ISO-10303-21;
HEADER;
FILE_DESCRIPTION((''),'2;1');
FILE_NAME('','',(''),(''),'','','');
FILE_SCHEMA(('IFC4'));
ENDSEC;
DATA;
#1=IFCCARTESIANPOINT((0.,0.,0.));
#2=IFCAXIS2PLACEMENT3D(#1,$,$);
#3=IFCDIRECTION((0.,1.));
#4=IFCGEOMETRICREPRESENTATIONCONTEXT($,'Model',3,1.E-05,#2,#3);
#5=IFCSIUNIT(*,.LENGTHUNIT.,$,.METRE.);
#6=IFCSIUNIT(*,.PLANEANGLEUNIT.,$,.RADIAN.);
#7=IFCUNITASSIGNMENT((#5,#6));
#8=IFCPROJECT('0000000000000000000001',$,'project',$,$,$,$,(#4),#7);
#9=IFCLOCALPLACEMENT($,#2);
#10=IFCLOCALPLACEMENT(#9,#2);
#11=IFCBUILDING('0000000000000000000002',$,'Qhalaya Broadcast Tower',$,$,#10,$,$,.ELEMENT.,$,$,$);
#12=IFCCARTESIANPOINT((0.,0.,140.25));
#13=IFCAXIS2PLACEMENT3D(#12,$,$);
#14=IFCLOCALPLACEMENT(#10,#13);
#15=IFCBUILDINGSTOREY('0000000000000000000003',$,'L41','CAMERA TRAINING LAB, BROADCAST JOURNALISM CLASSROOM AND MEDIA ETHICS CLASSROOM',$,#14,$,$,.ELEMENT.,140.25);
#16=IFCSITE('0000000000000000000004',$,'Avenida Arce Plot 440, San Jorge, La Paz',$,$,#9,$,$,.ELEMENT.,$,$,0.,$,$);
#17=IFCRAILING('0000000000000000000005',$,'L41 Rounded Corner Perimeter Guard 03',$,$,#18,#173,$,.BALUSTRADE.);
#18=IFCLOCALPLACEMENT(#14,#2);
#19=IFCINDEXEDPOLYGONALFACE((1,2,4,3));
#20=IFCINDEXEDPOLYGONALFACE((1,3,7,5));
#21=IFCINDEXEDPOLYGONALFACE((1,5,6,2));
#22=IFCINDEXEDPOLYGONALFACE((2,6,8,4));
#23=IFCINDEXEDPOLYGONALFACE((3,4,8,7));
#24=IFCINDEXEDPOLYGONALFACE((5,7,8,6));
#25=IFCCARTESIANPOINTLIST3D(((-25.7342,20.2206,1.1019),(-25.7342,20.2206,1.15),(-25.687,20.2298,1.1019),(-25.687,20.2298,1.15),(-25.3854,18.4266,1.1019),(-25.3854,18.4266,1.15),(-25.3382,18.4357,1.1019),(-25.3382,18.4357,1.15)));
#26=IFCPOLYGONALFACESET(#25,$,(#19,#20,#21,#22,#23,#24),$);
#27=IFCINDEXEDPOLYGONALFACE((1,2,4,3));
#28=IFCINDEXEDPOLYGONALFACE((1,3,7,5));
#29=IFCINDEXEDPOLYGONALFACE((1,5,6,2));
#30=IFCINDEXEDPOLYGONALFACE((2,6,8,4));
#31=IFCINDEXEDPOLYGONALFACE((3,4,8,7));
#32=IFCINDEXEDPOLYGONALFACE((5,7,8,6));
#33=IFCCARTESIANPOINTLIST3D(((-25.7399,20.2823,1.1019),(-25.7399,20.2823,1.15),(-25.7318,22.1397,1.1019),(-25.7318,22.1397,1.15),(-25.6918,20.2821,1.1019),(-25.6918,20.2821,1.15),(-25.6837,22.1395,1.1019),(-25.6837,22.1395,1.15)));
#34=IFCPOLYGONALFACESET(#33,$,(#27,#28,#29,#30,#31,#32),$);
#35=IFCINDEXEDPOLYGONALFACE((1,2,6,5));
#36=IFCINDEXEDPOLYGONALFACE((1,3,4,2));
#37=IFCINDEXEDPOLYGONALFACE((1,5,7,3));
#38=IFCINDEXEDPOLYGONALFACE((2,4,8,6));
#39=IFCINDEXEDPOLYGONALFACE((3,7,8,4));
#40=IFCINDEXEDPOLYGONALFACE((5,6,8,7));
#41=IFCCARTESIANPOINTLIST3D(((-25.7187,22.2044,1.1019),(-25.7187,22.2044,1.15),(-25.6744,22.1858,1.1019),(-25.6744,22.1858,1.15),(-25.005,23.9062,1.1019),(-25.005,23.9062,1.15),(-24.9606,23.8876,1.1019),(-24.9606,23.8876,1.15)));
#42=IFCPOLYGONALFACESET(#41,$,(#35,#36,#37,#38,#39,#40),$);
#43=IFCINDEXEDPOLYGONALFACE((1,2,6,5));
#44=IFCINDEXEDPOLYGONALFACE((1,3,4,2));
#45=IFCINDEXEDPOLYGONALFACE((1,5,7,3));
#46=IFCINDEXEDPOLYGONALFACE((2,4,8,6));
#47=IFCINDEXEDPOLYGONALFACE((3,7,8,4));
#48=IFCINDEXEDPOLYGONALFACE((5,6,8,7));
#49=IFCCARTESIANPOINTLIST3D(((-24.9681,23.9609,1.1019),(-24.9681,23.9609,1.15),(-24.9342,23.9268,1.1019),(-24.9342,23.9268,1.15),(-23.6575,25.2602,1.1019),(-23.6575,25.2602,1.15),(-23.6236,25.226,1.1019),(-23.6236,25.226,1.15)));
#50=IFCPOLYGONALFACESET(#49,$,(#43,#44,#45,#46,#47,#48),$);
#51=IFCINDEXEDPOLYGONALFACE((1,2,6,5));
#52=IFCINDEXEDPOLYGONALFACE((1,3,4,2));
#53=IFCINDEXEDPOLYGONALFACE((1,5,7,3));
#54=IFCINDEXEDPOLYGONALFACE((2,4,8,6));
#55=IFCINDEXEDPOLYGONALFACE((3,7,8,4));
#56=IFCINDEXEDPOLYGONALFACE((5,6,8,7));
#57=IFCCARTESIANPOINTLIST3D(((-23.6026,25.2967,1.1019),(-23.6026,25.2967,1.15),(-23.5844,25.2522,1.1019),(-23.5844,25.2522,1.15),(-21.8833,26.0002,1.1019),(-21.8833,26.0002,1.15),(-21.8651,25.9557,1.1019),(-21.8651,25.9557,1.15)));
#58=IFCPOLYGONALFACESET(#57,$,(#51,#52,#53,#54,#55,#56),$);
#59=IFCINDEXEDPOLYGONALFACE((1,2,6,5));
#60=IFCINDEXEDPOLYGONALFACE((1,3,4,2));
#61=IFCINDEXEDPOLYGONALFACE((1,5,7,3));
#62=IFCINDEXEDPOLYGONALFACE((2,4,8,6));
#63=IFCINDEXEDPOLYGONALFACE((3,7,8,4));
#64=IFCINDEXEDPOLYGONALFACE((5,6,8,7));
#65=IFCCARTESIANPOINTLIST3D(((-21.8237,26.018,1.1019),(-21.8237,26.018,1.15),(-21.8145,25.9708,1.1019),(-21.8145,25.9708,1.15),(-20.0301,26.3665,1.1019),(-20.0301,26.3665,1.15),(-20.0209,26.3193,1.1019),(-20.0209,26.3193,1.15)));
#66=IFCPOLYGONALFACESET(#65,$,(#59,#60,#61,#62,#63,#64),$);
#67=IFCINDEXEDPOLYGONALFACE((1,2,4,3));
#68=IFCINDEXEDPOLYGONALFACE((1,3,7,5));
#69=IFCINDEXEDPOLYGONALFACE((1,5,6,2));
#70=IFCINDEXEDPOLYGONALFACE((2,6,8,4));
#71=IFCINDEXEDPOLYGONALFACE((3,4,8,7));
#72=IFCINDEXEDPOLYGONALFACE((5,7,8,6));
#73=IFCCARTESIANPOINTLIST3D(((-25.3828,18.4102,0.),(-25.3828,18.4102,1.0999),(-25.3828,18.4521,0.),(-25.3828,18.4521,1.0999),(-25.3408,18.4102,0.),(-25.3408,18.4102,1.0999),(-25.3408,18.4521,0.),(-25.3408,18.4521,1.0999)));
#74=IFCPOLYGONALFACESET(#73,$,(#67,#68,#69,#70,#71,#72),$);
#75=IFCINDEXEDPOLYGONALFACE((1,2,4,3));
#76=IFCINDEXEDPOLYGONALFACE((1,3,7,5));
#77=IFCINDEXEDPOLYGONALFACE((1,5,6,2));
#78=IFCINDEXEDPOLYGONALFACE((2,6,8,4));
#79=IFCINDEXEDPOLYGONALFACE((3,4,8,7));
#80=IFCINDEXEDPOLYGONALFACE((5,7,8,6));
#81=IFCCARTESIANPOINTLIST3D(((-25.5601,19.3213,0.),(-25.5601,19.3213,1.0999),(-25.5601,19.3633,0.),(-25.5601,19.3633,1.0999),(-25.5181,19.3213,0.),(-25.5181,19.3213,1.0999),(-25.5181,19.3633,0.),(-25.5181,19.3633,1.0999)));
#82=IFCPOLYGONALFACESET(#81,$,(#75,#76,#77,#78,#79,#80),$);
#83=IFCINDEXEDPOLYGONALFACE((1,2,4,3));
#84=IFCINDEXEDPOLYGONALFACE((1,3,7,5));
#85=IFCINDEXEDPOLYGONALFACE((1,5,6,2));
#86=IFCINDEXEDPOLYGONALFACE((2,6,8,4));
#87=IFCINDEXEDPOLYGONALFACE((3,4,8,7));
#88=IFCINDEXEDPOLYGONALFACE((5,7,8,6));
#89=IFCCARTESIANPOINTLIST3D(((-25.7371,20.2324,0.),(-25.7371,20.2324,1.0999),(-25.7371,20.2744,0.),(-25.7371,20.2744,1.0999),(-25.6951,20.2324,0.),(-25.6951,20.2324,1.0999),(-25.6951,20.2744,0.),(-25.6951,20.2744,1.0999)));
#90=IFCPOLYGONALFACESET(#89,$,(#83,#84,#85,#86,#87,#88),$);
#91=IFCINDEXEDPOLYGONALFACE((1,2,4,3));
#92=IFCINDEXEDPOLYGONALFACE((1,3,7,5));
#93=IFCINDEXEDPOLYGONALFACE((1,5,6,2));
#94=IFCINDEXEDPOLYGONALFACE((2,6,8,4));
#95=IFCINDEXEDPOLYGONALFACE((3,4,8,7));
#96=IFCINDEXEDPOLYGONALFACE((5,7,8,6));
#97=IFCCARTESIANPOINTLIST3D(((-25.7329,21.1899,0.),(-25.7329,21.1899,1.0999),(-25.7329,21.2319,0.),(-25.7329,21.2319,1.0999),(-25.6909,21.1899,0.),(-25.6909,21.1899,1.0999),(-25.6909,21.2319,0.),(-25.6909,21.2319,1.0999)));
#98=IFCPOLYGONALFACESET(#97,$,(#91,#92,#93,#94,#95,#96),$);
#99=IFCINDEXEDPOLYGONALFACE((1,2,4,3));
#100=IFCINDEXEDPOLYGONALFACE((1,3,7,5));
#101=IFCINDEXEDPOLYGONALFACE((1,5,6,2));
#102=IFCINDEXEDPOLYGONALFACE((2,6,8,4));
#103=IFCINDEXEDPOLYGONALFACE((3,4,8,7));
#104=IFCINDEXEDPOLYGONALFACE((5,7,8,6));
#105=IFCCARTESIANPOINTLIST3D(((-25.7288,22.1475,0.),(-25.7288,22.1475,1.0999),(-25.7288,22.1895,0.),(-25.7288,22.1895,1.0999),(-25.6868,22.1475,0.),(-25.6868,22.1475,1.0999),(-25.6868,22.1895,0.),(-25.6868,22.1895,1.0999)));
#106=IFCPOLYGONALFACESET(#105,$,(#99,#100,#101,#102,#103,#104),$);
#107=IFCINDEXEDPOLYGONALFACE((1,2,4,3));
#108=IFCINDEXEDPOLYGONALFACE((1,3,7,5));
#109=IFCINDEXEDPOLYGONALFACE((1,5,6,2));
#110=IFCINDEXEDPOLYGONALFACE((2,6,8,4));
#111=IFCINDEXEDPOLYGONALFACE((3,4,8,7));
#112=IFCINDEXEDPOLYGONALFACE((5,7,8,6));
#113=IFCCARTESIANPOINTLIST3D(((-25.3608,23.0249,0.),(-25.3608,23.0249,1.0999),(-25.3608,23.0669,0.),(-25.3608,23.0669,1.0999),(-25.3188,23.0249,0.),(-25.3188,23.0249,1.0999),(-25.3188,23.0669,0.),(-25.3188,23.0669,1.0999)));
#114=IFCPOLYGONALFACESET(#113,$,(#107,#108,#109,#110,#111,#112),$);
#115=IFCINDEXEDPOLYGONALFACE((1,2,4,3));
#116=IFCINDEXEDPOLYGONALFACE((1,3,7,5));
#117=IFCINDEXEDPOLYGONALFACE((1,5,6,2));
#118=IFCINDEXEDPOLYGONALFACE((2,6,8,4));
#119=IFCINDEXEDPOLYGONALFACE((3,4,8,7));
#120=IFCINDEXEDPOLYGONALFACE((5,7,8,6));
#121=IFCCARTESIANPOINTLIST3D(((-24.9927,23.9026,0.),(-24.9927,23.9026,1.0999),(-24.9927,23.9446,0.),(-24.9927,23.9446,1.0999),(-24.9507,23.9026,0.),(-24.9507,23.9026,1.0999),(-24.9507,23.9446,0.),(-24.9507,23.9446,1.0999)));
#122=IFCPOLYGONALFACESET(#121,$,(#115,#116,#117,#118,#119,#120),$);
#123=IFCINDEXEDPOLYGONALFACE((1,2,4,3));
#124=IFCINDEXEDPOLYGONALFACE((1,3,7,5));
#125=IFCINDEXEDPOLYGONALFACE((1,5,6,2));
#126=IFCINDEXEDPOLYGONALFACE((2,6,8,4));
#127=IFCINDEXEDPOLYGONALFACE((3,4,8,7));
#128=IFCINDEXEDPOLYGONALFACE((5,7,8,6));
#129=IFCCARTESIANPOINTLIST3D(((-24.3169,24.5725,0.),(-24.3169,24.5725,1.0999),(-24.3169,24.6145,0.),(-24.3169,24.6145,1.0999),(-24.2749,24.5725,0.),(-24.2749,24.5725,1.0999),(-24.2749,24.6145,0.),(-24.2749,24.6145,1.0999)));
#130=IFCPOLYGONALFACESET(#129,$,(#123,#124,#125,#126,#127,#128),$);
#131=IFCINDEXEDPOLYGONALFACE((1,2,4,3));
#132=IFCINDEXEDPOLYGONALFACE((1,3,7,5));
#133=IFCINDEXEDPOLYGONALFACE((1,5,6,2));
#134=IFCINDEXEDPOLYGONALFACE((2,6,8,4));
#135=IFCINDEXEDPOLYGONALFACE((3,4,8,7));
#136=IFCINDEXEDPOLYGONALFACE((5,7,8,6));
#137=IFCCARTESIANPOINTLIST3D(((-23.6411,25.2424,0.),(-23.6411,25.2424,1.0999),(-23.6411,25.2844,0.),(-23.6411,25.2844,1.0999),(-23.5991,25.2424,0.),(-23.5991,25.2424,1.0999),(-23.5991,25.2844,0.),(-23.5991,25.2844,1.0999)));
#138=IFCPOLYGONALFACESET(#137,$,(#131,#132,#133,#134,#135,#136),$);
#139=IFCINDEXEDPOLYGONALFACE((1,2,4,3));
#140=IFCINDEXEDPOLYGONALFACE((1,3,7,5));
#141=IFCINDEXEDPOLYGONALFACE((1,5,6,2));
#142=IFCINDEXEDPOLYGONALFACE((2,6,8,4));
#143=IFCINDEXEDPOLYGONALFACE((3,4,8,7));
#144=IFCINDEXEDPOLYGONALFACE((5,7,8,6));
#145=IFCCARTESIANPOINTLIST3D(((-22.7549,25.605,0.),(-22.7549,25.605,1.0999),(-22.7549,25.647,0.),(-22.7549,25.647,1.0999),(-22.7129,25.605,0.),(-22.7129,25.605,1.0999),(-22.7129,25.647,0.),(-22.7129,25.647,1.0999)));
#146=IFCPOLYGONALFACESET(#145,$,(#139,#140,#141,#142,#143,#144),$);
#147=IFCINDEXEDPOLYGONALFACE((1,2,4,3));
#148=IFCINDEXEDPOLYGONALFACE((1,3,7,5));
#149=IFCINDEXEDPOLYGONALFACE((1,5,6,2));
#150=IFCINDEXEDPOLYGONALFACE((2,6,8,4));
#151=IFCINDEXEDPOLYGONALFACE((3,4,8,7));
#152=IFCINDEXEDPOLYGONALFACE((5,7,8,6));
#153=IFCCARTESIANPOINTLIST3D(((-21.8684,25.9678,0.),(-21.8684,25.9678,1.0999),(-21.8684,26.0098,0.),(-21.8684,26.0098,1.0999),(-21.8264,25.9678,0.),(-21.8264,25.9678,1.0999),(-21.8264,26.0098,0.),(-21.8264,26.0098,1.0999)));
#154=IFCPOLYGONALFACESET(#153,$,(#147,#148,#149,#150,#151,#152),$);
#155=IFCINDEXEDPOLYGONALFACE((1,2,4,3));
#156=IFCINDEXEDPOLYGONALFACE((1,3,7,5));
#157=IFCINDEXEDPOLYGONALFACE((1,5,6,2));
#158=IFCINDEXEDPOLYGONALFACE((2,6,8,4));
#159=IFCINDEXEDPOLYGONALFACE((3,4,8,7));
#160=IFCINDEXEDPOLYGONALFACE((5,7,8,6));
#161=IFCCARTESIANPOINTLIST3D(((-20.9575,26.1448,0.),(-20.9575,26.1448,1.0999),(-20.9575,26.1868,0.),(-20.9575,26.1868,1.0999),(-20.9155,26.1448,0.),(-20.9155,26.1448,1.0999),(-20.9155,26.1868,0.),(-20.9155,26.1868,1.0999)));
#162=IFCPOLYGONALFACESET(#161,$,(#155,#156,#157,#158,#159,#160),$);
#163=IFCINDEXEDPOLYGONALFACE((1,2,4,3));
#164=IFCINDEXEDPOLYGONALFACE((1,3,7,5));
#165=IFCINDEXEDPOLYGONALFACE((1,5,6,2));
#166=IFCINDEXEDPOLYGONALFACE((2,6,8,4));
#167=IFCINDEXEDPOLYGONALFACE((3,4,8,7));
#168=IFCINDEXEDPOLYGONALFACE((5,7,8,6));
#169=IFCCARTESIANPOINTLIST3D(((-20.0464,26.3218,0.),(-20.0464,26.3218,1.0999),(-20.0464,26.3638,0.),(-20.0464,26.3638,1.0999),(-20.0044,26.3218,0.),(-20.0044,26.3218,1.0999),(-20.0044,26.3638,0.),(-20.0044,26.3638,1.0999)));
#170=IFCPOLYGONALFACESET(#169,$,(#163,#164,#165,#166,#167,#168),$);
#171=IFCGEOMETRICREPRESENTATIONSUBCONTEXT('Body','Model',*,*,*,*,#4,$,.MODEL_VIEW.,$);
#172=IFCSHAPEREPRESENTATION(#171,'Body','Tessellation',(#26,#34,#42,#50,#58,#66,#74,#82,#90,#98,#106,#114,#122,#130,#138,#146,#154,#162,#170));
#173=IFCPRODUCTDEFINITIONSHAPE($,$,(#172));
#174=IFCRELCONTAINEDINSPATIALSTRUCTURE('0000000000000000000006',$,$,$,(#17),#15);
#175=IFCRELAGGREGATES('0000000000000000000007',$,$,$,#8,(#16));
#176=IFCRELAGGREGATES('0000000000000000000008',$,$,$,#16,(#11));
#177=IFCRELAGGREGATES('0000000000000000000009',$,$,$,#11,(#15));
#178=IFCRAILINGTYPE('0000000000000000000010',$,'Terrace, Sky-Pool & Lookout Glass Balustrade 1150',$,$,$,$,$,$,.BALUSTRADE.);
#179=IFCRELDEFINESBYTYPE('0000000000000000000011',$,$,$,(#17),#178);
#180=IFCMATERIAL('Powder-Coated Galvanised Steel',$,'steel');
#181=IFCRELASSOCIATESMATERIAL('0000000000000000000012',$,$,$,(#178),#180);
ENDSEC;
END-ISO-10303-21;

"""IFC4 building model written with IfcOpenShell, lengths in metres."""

from ifc_helpers import new_model, si_unit, direction, frame, origin, origin_2d, place, context, subcontext, project, spatial, rectangle, extrude, material, type_object, element, save


model = new_model("IFC4")

# Units and contexts
model_context = context("Model", 3, precision=1e-05, world=origin(), true_north=direction((0.0, 1.0)))
body_context = subcontext(model_context, "Body", "Model", "MODEL_VIEW")
ifc_project = project(units=[si_unit("LENGTHUNIT", "METRE"), si_unit("PLANEANGLEUNIT", "RADIAN")], contexts=[model_context])

# Site, building, storey
site_placement = place(None, origin())
site = spatial("IfcSite", under=ifc_project, at=site_placement, Name="Avenida Arce Plot 440, San Jorge, La Paz", CompositionType="ELEMENT", RefElevation=0.0)
building_placement = place(site_placement, origin())
building = spatial("IfcBuilding", under=site, at=building_placement, Name="Qhalaya Broadcast Tower", CompositionType="ELEMENT")
storey_placement = place(building_placement, frame((0.0, 0.0, 140.25)))
storey = spatial("IfcBuildingStorey", under=building, at=storey_placement, Name="L41", Description="CAMERA TRAINING LAB, BROADCAST JOURNALISM CLASSROOM AND MEDIA ETHICS CLASSROOM", CompositionType="ELEMENT", Elevation=140.25)

# Railing
ifc_material_1 = material(Name="Powder-Coated Galvanised Steel", Category="steel")
railing_type = type_object("IfcRailingType", Name="Terrace, Sky-Pool & Lookout Glass Balustrade 1150", PredefinedType="BALUSTRADE", material=ifc_material_1)
railing_placement = place(storey_placement, frame((-25.3618, 18.4312, 0.0)))
element("IfcRailing", 1, at=railing_placement, inside=storey, type_object=railing_type, Name="L41 Rounded Corner Perimeter Guard 03", PredefinedType="BALUSTRADE", context=body_context, shape_type="SweptSolid", body=[
    extrude(rectangle(XDim=0.0481, YDim=0.0481, at=origin_2d()), frame((0.0, 0.0, 1.126), z_axis=(-0.190827, 0.981624, 0.0), x_axis=(-0.981624, -0.190827, 0.0)), (0.0, 0.0, 1.0), 1.8276),
    extrude(rectangle(XDim=0.0481, YDim=0.0481, at=origin_2d()), frame((-0.354, 1.8511, 1.126), z_axis=(0.004334, 0.999991, 0.0), x_axis=(-0.999991, 0.004334, 0.0)), (0.0, 0.0, 1.0), 1.8574),
    extrude(rectangle(XDim=0.0481, YDim=0.0481, at=origin_2d()), frame((-0.3347, 3.7639, 1.126), z_axis=(0.386755, 0.922183, 0.0), x_axis=(-0.922183, 0.386755, 0.0)), (0.0, 0.0, 1.0), 1.8455),
    extrude(rectangle(XDim=0.0481, YDim=0.0481, at=origin_2d()), frame((0.4106, 5.5127, 1.126), z_axis=(0.710179, 0.704021, 0.0), x_axis=(-0.704021, 0.710179, 0.0)), (0.0, 0.0, 1.0), 1.8455),
    extrude(rectangle(XDim=0.0481, YDim=0.0481, at=origin_2d()), frame((1.7683, 6.8433, 1.126), z_axis=(0.925521, 0.378697, 0.0), x_axis=(-0.378697, 0.925521, 0.0)), (0.0, 0.0, 1.0), 1.8577),
    extrude(rectangle(XDim=0.0481, YDim=0.0481, at=origin_2d()), frame((3.5427, 7.5632, 1.126), z_axis=(0.981643, 0.190725, 0.0), x_axis=(-0.190725, 0.981643, 0.0)), (0.0, 0.0, 1.0), 1.8271),
    extrude(rectangle(XDim=0.042, YDim=0.042, at=origin_2d()), origin(), (0.0, 0.0, 1.0), 1.0999),
    extrude(rectangle(XDim=0.042, YDim=0.042, at=origin_2d()), frame((-0.1772, 0.9111, 0.0)), (0.0, 0.0, 1.0), 1.0999),
    extrude(rectangle(XDim=0.042, YDim=0.042, at=origin_2d()), frame((-0.3542, 1.8223, 0.0)), (0.0, 0.0, 1.0), 1.0999),
    extrude(rectangle(XDim=0.042, YDim=0.042, at=origin_2d()), frame((-0.3501, 2.7798, 0.0)), (0.0, 0.0, 1.0), 1.0999),
    extrude(rectangle(XDim=0.042, YDim=0.042, at=origin_2d()), frame((-0.3459, 3.7373, 0.0)), (0.0, 0.0, 1.0), 1.0999),
    extrude(rectangle(XDim=0.042, YDim=0.042, at=origin_2d()), frame((0.022, 4.6147, 0.0)), (0.0, 0.0, 1.0), 1.0999),
    extrude(rectangle(XDim=0.042, YDim=0.042, at=origin_2d()), frame((0.3901, 5.4924, 0.0)), (0.0, 0.0, 1.0), 1.0999),
    extrude(rectangle(XDim=0.042, YDim=0.042, at=origin_2d()), frame((1.0659, 6.1624, 0.0)), (0.0, 0.0, 1.0), 1.0999),
    extrude(rectangle(XDim=0.042, YDim=0.042, at=origin_2d()), frame((1.7417, 6.8323, 0.0)), (0.0, 0.0, 1.0), 1.0999),
    extrude(rectangle(XDim=0.042, YDim=0.042, at=origin_2d()), frame((2.6279, 7.1948, 0.0)), (0.0, 0.0, 1.0), 1.0999),
    extrude(rectangle(XDim=0.042, YDim=0.042, at=origin_2d()), frame((3.5144, 7.5576, 0.0)), (0.0, 0.0, 1.0), 1.0999),
    extrude(rectangle(XDim=0.042, YDim=0.042, at=origin_2d()), frame((4.4253, 7.7346, 0.0)), (0.0, 0.0, 1.0), 1.0999),
    extrude(rectangle(XDim=0.042, YDim=0.042, at=origin_2d()), frame((5.3364, 7.9116, 0.0)), (0.0, 0.0, 1.0), 1.0999),
])

save(model, "model.ifc")
